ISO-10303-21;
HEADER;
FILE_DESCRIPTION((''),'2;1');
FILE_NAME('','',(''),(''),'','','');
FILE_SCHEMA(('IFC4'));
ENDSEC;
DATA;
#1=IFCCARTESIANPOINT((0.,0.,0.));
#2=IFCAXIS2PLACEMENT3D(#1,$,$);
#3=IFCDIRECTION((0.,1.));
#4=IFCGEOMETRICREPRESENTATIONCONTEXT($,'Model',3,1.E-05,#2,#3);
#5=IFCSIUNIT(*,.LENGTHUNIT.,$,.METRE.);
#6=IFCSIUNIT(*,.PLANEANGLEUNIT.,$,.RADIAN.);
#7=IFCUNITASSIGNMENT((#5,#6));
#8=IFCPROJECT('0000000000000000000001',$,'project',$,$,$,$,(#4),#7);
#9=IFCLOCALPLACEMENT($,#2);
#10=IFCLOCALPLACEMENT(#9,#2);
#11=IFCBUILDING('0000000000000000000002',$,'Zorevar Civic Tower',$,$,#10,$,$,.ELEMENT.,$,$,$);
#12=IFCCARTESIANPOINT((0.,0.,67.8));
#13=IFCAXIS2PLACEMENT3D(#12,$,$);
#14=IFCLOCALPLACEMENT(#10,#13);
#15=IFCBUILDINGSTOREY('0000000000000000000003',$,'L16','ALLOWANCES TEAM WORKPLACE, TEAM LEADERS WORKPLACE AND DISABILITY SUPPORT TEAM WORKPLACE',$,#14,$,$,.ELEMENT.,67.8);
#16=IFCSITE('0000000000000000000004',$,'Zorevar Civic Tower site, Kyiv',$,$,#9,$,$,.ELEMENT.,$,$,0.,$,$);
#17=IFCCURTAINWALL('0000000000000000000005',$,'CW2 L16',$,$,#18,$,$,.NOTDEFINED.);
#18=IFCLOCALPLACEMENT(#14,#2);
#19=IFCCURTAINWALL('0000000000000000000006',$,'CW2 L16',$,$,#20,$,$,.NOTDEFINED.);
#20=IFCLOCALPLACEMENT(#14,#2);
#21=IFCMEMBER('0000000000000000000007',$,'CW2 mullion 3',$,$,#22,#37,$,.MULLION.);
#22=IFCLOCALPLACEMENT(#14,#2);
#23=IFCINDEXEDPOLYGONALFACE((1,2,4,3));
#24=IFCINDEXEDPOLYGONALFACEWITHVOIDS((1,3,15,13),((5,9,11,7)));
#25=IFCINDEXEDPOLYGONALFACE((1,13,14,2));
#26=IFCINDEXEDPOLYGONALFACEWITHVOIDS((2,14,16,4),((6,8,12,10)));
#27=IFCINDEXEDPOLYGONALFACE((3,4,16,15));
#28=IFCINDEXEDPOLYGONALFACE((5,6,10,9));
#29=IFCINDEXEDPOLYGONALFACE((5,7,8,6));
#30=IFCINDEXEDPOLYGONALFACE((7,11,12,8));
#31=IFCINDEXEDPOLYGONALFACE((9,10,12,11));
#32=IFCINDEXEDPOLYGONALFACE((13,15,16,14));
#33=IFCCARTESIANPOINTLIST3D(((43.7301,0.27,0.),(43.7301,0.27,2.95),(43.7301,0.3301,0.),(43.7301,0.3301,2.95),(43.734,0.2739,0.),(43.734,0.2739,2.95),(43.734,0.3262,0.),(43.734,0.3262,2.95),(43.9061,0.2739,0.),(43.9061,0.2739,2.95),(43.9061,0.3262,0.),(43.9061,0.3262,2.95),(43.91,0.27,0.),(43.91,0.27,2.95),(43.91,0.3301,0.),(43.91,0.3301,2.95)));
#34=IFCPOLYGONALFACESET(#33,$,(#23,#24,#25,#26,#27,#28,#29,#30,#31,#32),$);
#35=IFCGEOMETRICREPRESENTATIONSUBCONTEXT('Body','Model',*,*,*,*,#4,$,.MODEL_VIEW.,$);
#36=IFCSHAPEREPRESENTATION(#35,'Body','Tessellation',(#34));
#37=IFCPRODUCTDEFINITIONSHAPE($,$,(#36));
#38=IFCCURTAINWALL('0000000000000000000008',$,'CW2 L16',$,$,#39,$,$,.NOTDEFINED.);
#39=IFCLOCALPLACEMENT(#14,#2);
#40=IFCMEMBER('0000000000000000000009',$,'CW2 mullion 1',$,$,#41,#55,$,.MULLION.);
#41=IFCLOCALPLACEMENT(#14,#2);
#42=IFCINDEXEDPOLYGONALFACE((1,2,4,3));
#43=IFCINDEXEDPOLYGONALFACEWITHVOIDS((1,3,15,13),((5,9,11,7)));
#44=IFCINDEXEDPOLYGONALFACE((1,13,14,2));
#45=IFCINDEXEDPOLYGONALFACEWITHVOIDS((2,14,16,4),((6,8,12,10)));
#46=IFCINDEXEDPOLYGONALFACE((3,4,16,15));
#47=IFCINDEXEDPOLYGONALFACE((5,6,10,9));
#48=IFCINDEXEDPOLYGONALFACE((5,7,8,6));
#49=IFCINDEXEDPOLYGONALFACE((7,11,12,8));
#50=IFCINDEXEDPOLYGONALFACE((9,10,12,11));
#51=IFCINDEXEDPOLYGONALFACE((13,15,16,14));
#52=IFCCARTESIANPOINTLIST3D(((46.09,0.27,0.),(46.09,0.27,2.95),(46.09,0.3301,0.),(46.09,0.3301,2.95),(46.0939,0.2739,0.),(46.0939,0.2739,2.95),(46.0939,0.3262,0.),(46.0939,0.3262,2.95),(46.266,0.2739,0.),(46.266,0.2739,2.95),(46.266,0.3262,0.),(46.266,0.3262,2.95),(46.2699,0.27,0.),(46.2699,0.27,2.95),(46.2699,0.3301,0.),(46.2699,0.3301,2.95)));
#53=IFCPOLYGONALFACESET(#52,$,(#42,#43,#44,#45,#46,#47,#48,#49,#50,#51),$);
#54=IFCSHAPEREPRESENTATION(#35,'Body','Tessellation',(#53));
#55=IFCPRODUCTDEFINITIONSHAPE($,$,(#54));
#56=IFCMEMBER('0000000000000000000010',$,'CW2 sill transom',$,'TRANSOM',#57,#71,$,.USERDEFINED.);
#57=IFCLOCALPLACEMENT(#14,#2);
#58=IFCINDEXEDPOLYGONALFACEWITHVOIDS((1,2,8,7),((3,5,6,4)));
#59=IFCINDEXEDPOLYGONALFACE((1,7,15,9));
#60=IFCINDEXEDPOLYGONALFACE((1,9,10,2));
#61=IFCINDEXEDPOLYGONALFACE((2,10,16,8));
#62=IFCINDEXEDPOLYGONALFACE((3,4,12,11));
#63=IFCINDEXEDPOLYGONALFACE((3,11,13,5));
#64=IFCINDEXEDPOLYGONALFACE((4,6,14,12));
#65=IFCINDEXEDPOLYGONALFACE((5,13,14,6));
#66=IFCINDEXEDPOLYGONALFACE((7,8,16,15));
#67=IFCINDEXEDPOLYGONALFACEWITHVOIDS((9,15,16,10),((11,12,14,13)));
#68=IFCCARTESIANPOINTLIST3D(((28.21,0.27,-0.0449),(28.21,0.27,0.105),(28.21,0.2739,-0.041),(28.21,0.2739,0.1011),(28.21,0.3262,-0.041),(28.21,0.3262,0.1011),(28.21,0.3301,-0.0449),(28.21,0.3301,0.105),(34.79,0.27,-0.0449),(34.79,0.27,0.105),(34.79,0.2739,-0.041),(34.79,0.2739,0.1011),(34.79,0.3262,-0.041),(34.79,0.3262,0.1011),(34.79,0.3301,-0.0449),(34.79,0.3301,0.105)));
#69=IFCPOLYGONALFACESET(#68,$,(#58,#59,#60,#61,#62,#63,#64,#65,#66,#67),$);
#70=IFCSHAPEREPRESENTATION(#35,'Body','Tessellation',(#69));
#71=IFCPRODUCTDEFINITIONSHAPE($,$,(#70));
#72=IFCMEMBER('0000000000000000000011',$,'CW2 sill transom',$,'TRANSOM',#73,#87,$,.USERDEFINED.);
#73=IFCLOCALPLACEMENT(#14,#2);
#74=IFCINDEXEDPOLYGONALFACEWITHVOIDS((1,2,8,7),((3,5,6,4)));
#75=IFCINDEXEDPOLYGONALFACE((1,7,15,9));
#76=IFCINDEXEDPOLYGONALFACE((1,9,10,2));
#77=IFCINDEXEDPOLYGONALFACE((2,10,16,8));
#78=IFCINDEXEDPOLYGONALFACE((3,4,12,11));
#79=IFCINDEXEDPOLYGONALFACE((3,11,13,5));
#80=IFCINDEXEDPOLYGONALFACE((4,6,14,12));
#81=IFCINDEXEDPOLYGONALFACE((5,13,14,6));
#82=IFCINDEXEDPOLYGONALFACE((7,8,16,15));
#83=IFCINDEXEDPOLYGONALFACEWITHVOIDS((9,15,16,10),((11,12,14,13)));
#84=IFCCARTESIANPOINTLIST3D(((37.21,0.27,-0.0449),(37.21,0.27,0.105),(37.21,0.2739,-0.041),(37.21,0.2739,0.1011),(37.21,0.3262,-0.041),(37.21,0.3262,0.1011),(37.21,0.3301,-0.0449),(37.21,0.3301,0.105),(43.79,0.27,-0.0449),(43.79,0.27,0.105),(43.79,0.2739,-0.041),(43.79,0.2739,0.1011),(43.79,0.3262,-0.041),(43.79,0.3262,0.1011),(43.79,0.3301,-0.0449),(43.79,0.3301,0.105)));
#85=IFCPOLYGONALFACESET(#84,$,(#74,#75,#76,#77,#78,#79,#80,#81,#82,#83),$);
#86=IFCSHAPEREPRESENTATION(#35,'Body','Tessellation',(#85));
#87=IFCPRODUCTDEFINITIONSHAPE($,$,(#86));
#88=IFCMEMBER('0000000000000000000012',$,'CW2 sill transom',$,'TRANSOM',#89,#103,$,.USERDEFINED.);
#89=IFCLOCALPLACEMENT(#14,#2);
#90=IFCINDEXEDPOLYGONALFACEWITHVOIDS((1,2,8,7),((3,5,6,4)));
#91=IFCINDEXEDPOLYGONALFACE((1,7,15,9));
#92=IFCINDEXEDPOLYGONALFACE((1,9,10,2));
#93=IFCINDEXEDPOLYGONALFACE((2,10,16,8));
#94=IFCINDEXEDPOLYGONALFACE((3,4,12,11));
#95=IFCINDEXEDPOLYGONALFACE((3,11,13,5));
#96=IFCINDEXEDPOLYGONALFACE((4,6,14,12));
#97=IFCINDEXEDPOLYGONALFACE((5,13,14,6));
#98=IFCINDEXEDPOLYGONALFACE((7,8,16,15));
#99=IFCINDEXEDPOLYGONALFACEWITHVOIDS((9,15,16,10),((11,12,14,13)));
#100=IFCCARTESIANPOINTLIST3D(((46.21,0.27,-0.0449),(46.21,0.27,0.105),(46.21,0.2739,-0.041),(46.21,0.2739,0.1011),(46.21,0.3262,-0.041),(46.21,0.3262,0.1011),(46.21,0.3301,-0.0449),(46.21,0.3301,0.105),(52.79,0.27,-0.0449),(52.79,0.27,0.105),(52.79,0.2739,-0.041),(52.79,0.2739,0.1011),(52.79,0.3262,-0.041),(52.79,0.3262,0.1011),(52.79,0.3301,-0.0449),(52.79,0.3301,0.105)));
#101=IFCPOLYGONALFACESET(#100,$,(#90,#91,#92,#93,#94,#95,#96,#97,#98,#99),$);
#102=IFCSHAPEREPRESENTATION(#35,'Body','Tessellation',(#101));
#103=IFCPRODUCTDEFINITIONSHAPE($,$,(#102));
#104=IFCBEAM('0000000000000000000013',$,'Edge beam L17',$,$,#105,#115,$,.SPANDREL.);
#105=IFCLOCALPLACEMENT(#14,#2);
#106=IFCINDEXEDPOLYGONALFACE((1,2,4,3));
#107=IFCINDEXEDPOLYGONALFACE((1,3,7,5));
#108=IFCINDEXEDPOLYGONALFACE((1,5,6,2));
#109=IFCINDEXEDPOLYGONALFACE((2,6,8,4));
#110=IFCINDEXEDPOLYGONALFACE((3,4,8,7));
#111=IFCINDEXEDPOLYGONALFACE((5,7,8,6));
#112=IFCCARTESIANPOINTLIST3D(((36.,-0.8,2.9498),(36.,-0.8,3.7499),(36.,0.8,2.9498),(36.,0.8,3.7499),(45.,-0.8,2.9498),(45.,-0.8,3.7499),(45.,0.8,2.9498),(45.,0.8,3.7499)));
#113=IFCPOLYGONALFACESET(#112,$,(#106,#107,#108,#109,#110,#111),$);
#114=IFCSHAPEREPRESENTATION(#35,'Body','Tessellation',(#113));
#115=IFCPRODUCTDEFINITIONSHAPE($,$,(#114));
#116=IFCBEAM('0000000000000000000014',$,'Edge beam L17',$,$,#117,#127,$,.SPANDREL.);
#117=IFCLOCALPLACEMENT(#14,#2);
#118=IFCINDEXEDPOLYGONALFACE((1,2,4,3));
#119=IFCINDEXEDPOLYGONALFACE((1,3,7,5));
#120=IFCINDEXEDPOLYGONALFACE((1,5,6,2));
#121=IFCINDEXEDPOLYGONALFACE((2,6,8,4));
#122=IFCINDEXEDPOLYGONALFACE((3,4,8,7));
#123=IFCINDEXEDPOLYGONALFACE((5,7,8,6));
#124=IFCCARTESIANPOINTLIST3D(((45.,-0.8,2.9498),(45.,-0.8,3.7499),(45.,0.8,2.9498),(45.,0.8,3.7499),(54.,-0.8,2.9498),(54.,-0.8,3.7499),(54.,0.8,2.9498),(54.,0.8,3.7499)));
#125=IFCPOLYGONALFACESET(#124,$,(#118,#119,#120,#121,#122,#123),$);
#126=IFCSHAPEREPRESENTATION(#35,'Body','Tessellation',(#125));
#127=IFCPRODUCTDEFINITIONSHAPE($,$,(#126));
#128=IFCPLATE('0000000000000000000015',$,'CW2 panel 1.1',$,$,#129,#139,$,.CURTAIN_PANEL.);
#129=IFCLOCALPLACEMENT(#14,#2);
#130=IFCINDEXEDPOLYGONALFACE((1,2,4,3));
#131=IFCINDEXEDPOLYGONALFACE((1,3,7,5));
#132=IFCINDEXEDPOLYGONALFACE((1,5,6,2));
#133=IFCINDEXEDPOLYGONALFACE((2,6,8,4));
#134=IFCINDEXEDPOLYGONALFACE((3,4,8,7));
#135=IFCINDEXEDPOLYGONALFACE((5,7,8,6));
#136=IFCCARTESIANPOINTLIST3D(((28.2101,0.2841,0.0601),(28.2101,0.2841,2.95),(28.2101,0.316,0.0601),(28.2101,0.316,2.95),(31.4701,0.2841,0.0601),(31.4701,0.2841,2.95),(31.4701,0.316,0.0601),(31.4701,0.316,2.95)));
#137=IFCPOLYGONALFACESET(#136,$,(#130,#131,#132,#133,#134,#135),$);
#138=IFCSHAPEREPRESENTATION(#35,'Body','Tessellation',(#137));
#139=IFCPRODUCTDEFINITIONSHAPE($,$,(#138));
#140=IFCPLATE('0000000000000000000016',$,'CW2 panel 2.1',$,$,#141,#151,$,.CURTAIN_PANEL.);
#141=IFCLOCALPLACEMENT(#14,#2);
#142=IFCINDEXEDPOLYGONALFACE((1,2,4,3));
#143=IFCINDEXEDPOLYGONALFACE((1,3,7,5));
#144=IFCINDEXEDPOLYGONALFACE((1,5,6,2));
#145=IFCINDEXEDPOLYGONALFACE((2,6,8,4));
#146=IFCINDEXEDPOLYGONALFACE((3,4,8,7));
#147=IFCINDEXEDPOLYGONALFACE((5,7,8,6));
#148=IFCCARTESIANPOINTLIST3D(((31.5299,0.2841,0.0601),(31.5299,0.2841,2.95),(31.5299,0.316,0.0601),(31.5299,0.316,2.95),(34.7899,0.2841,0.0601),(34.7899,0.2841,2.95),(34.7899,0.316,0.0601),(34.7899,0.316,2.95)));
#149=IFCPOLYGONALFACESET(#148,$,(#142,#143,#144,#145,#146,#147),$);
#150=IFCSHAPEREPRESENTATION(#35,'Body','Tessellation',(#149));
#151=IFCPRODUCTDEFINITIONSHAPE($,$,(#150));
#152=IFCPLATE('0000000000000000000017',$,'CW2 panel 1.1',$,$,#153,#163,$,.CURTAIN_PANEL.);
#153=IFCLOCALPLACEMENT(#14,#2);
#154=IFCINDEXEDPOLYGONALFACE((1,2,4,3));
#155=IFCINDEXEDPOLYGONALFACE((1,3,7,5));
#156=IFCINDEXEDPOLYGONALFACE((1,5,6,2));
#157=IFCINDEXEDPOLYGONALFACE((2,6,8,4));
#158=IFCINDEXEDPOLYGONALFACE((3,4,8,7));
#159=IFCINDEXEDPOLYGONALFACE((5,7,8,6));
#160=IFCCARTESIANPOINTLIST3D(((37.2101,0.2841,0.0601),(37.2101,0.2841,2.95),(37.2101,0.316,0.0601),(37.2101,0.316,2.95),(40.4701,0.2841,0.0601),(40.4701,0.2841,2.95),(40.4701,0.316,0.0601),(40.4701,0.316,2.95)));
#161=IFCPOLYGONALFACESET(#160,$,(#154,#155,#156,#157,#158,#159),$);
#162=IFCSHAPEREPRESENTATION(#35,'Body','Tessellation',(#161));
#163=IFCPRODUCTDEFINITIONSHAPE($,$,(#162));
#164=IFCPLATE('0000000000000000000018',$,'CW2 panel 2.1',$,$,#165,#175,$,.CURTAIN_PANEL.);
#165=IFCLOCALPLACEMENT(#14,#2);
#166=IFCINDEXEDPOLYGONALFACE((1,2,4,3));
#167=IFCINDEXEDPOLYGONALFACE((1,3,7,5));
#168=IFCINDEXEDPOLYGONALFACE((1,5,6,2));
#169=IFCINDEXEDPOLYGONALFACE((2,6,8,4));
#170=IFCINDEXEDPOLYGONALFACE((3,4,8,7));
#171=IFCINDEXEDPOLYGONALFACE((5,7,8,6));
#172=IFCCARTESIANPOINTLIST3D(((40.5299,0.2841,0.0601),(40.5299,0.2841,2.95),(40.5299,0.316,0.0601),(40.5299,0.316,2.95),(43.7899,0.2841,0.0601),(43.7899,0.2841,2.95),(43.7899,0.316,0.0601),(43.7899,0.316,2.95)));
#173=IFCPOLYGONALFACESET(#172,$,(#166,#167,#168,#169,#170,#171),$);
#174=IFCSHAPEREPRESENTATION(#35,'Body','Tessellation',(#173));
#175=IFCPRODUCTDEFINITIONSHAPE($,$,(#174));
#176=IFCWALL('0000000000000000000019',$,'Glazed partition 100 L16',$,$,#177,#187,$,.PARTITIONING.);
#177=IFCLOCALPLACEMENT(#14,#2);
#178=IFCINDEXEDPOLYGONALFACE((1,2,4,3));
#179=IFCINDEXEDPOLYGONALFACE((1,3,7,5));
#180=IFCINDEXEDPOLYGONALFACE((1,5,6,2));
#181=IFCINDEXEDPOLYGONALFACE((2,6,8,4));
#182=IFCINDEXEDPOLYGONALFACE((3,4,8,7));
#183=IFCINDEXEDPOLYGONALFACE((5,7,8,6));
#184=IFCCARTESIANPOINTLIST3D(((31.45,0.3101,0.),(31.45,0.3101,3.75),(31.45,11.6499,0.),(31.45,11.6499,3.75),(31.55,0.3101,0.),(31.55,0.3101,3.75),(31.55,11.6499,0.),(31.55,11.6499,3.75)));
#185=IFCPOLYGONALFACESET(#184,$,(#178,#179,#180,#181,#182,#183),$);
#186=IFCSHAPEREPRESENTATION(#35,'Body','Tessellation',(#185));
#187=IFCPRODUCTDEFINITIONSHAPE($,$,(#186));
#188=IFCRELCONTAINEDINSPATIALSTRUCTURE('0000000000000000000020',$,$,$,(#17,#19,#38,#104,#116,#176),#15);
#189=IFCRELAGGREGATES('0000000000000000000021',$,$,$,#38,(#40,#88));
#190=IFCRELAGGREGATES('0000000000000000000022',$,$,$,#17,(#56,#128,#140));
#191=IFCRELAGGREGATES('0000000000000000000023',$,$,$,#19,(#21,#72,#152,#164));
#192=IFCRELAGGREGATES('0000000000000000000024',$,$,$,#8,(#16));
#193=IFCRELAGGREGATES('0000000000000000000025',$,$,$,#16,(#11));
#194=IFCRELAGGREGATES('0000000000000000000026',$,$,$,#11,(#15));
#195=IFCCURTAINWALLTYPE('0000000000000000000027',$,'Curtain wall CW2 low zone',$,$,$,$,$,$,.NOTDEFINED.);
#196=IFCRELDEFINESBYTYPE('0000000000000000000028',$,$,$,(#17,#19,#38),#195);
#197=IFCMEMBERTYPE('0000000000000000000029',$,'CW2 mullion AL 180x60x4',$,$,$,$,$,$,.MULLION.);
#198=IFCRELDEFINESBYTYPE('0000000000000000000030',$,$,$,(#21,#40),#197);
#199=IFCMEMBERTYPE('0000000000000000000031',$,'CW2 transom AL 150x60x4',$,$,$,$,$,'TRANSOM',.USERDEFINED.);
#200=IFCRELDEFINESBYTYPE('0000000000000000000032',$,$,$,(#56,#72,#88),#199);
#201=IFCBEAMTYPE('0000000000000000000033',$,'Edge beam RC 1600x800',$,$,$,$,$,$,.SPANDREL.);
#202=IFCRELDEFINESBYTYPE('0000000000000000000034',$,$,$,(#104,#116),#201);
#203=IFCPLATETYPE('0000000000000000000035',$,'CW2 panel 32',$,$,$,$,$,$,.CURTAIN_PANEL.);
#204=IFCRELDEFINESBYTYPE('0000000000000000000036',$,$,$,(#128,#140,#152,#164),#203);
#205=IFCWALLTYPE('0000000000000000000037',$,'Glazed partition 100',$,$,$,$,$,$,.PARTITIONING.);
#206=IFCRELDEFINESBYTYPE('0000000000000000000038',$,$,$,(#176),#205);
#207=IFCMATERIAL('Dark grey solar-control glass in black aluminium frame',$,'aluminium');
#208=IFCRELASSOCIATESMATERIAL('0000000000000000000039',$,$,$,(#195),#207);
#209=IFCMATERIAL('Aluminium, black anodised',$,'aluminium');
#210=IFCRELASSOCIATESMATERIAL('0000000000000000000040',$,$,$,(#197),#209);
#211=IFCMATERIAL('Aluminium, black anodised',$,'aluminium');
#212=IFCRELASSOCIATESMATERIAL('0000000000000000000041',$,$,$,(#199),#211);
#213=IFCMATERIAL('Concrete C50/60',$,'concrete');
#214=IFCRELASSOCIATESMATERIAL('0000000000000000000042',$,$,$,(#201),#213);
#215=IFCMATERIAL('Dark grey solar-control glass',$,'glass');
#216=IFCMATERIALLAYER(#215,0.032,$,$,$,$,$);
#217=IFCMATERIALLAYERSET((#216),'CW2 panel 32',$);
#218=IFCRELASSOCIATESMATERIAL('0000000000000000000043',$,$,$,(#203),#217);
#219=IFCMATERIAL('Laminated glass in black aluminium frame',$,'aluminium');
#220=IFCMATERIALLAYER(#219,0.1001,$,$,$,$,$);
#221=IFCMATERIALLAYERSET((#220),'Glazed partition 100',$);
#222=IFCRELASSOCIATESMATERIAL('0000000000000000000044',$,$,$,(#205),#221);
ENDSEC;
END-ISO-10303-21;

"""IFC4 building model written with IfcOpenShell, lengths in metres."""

from ifc_helpers import new_model, si_unit, direction, frame, frame_2d, origin, origin_2d, place, context, subcontext, project, spatial, rectangle, hollow_rectangle, extrude, material, layer, layer_set, material_profile, profile_set, type_object, element, aggregate, save


model = new_model("IFC4")

# Units and contexts
model_context = context("Model", 3, precision=1e-05, world=origin(), true_north=direction((0.0, 1.0)))
body_context = subcontext(model_context, "Body", "Model", "MODEL_VIEW")
ifc_project = project(units=[si_unit("LENGTHUNIT", "METRE"), si_unit("PLANEANGLEUNIT", "RADIAN")], contexts=[model_context])

# Site, building, storey
site_placement = place(None, origin())
site = spatial("IfcSite", under=ifc_project, at=site_placement, Name="Zorevar Civic Tower site, Kyiv", CompositionType="ELEMENT", RefElevation=0.0)
building_placement = place(site_placement, origin())
building = spatial("IfcBuilding", under=site, at=building_placement, Name="Zorevar Civic Tower", CompositionType="ELEMENT")
storey_placement = place(building_placement, frame((0.0, 0.0, 67.8)))
storey = spatial("IfcBuildingStorey", under=building, at=storey_placement, Name="L16", Description="ALLOWANCES TEAM WORKPLACE, TEAM LEADERS WORKPLACE AND DISABILITY SUPPORT TEAM WORKPLACE", CompositionType="ELEMENT", Elevation=67.8)

# Curtain walls, member
ifc_material_1 = material(Name="Dark grey solar-control glass in black aluminium frame", Category="aluminium")
curtain_wall_type = type_object("IfcCurtainWallType", Name="Curtain wall CW2 low zone", PredefinedType="NOTDEFINED", material=ifc_material_1)
curtain_wall_1_placement = place(storey_placement, origin())
curtain_wall_1 = element("IfcCurtainWall", 1, at=curtain_wall_1_placement, inside=storey, type_object=curtain_wall_type, Name="CW2 L16", PredefinedType="NOTDEFINED")
ifc_material_2 = material(Name="Aluminium, black anodised", Category="aluminium")
ifc_material_profile_1 = material_profile(ifc_material_2, hollow_rectangle(XDim=0.0601, YDim=0.1799, WallThickness=0.0039, at=origin_2d()), Name="AL 180x60x4")
ifc_profile_set_1 = profile_set([ifc_material_profile_1], Name="Aluminium, black anodised")
member_type_1 = type_object("IfcMemberType", Name="CW2 mullion AL 180x60x4", PredefinedType="MULLION", material=ifc_profile_set_1)
curtain_wall_2_placement = place(storey_placement, origin())
curtain_wall_2 = element("IfcCurtainWall", 2, at=curtain_wall_2_placement, inside=storey, type_object=curtain_wall_type, Name="CW2 L16", PredefinedType="NOTDEFINED")
member_1_placement = place(storey_placement, frame((43.8201, 0.3, 0.0), z_axis=(0.0, 0.0, 1.0), x_axis=(0.0, 1.0, 0.0)))
member_1 = element("IfcMember", 3, at=member_1_placement, type_object=member_type_1, Name="CW2 mullion 3", PredefinedType="MULLION", context=body_context, shape_type="SweptSolid", body=[
    extrude(hollow_rectangle(XDim=0.0601, YDim=0.1799, WallThickness=0.0039, at=origin_2d()), origin(), (0.0, 0.0, 1.0), 2.95),
])

# Curtain wall, member
curtain_wall_3_placement = place(storey_placement, origin())
curtain_wall_3 = element("IfcCurtainWall", 4, at=curtain_wall_3_placement, inside=storey, type_object=curtain_wall_type, Name="CW2 L16", PredefinedType="NOTDEFINED")
member_2_placement = place(storey_placement, frame((46.1799, 0.3, 0.0), z_axis=(0.0, 0.0, 1.0), x_axis=(0.0, 1.0, 0.0)))
member_2 = element("IfcMember", 5, at=member_2_placement, type_object=member_type_1, Name="CW2 mullion 1", PredefinedType="MULLION", context=body_context, shape_type="SweptSolid", body=[
    extrude(hollow_rectangle(XDim=0.0601, YDim=0.1799, WallThickness=0.0039, at=origin_2d()), origin(), (0.0, 0.0, 1.0), 2.95),
])

# Members
ifc_material_3 = material(Name="Aluminium, black anodised", Category="aluminium")
ifc_material_profile_2 = material_profile(ifc_material_3, hollow_rectangle(XDim=0.0601, YDim=0.1499, WallThickness=0.0039, at=origin_2d()), Name="AL 150x60x4")
ifc_profile_set_2 = profile_set([ifc_material_profile_2], Name="Aluminium, black anodised")
member_type_2 = type_object("IfcMemberType", Name="CW2 transom AL 150x60x4", ElementType="TRANSOM", PredefinedType="USERDEFINED", material=ifc_profile_set_2)
member_3_placement = place(storey_placement, frame((28.21, 0.3, 0.03), z_axis=(1.0, 0.0, 0.0), x_axis=(0.0, 1.0, 0.0)))
member_3 = element("IfcMember", 6, at=member_3_placement, type_object=member_type_2, Name="CW2 sill transom", ObjectType="TRANSOM", PredefinedType="USERDEFINED", context=body_context, shape_type="SweptSolid", body=[
    extrude(hollow_rectangle(XDim=0.0601, YDim=0.1499, WallThickness=0.0039, at=origin_2d()), origin(), (0.0, 0.0, 1.0), 6.5801),
])
member_4_placement = place(storey_placement, frame((37.21, 0.3, 0.03), z_axis=(1.0, 0.0, 0.0), x_axis=(0.0, 1.0, 0.0)))
member_4 = element("IfcMember", 7, at=member_4_placement, type_object=member_type_2, Name="CW2 sill transom", ObjectType="TRANSOM", PredefinedType="USERDEFINED", context=body_context, shape_type="SweptSolid", body=[
    extrude(hollow_rectangle(XDim=0.0601, YDim=0.1499, WallThickness=0.0039, at=origin_2d()), origin(), (0.0, 0.0, 1.0), 6.5801),
])
member_5_placement = place(storey_placement, frame((46.21, 0.3, 0.03), z_axis=(1.0, 0.0, 0.0), x_axis=(0.0, 1.0, 0.0)))
member_5 = element("IfcMember", 8, at=member_5_placement, type_object=member_type_2, Name="CW2 sill transom", ObjectType="TRANSOM", PredefinedType="USERDEFINED", context=body_context, shape_type="SweptSolid", body=[
    extrude(hollow_rectangle(XDim=0.0601, YDim=0.1499, WallThickness=0.0039, at=origin_2d()), origin(), (0.0, 0.0, 1.0), 6.5801),
])
aggregate(curtain_wall_3, [member_2, member_5])

# Beams
ifc_material_4 = material(Name="Concrete C50/60", Category="concrete")
ifc_material_profile_3 = material_profile(ifc_material_4, rectangle(XDim=1.6001, YDim=0.8, at=origin_2d()), Name="RC 1600x800")
ifc_profile_set_3 = profile_set([ifc_material_profile_3], Name="Concrete C50/60")
beam_type_1 = type_object("IfcBeamType", Name="Edge beam RC 1600x800", PredefinedType="SPANDREL", material=ifc_profile_set_3)
for number, where, z_axis, x_axis, name in (
    (9, (36.0, 0.0, 3.3499), (1.0, 0.0, 0.0), (0.0, 1.0, 0.0), "Edge beam L17"),
    (10, (45.0, 0.0, 3.3499), (1.0, 0.0, 0.0), (0.0, 1.0, 0.0), "Edge beam L17"),
):
    element("IfcBeam", number, at=place(storey_placement, frame(where, z_axis=z_axis, x_axis=x_axis)), inside=storey, type_object=beam_type_1, Name=name, PredefinedType="SPANDREL", context=body_context, shape_type="SweptSolid", body=[
        extrude(rectangle(XDim=1.6001, YDim=0.8, at=origin_2d()), origin(), (0.0, 0.0, 1.0), 9.0),
    ])

# Plates
ifc_material_5 = material(Name="Dark grey solar-control glass", Category="glass")
ifc_layer_1 = layer(ifc_material_5, 0.032)
ifc_layer_set_1 = layer_set([ifc_layer_1], Name="CW2 panel 32")
plate_type = type_object("IfcPlateType", Name="CW2 panel 32", PredefinedType="CURTAIN_PANEL", material=ifc_layer_set_1)
plate_1_placement = place(storey_placement, frame((29.8401, 0.3, 0.0601), z_axis=(0.0, 0.0, 1.0), x_axis=(1.0, 0.0, 0.0)))
plate_1 = element("IfcPlate", 11, at=plate_1_placement, type_object=plate_type, Name="CW2 panel 1.1", PredefinedType="CURTAIN_PANEL", context=body_context, shape_type="SweptSolid", body=[
    extrude(rectangle(XDim=3.26, YDim=0.032, at=origin_2d()), origin(), (0.0, 0.0, 1.0), 2.8899),
])
plate_2_placement = place(storey_placement, frame((33.1599, 0.3, 0.0601), z_axis=(0.0, 0.0, 1.0), x_axis=(1.0, 0.0, 0.0)))
plate_2 = element("IfcPlate", 12, at=plate_2_placement, type_object=plate_type, Name="CW2 panel 2.1", PredefinedType="CURTAIN_PANEL", context=body_context, shape_type="SweptSolid", body=[
    extrude(rectangle(XDim=3.26, YDim=0.032, at=origin_2d()), origin(), (0.0, 0.0, 1.0), 2.8899),
])
aggregate(curtain_wall_1, [member_3, plate_1, plate_2])
plate_3_placement = place(storey_placement, frame((38.8401, 0.3, 0.0601), z_axis=(0.0, 0.0, 1.0), x_axis=(1.0, 0.0, 0.0)))
plate_3 = element("IfcPlate", 13, at=plate_3_placement, type_object=plate_type, Name="CW2 panel 1.1", PredefinedType="CURTAIN_PANEL", context=body_context, shape_type="SweptSolid", body=[
    extrude(rectangle(XDim=3.26, YDim=0.032, at=origin_2d()), origin(), (0.0, 0.0, 1.0), 2.8899),
])
plate_4_placement = place(storey_placement, frame((42.1599, 0.3, 0.0601), z_axis=(0.0, 0.0, 1.0), x_axis=(1.0, 0.0, 0.0)))
plate_4 = element("IfcPlate", 14, at=plate_4_placement, type_object=plate_type, Name="CW2 panel 2.1", PredefinedType="CURTAIN_PANEL", context=body_context, shape_type="SweptSolid", body=[
    extrude(rectangle(XDim=3.26, YDim=0.032, at=origin_2d()), origin(), (0.0, 0.0, 1.0), 2.8899),
])
aggregate(curtain_wall_2, [member_1, member_4, plate_3, plate_4])

# Wall
ifc_material_6 = material(Name="Laminated glass in black aluminium frame", Category="aluminium")
ifc_layer_2 = layer(ifc_material_6, 0.1001)
ifc_layer_set_2 = layer_set([ifc_layer_2], Name="Glazed partition 100")
wall_type = type_object("IfcWallType", Name="Glazed partition 100", PredefinedType="PARTITIONING", material=ifc_layer_set_2)
wall_placement = place(storey_placement, frame((31.5, 0.3101, 0.0), z_axis=(0.0, 0.0, 1.0), x_axis=(0.0, 1.0, 0.0)))
element("IfcWall", 15, at=wall_placement, inside=storey, type_object=wall_type, Name="Glazed partition 100 L16", PredefinedType="PARTITIONING", context=body_context, shape_type="SweptSolid", body=[
    extrude(rectangle(XDim=11.3398, YDim=0.1001, at=frame_2d((5.6699, 0.0))), origin(), (0.0, 0.0, 1.0), 3.75),
])

save(model, "model.ifc")
